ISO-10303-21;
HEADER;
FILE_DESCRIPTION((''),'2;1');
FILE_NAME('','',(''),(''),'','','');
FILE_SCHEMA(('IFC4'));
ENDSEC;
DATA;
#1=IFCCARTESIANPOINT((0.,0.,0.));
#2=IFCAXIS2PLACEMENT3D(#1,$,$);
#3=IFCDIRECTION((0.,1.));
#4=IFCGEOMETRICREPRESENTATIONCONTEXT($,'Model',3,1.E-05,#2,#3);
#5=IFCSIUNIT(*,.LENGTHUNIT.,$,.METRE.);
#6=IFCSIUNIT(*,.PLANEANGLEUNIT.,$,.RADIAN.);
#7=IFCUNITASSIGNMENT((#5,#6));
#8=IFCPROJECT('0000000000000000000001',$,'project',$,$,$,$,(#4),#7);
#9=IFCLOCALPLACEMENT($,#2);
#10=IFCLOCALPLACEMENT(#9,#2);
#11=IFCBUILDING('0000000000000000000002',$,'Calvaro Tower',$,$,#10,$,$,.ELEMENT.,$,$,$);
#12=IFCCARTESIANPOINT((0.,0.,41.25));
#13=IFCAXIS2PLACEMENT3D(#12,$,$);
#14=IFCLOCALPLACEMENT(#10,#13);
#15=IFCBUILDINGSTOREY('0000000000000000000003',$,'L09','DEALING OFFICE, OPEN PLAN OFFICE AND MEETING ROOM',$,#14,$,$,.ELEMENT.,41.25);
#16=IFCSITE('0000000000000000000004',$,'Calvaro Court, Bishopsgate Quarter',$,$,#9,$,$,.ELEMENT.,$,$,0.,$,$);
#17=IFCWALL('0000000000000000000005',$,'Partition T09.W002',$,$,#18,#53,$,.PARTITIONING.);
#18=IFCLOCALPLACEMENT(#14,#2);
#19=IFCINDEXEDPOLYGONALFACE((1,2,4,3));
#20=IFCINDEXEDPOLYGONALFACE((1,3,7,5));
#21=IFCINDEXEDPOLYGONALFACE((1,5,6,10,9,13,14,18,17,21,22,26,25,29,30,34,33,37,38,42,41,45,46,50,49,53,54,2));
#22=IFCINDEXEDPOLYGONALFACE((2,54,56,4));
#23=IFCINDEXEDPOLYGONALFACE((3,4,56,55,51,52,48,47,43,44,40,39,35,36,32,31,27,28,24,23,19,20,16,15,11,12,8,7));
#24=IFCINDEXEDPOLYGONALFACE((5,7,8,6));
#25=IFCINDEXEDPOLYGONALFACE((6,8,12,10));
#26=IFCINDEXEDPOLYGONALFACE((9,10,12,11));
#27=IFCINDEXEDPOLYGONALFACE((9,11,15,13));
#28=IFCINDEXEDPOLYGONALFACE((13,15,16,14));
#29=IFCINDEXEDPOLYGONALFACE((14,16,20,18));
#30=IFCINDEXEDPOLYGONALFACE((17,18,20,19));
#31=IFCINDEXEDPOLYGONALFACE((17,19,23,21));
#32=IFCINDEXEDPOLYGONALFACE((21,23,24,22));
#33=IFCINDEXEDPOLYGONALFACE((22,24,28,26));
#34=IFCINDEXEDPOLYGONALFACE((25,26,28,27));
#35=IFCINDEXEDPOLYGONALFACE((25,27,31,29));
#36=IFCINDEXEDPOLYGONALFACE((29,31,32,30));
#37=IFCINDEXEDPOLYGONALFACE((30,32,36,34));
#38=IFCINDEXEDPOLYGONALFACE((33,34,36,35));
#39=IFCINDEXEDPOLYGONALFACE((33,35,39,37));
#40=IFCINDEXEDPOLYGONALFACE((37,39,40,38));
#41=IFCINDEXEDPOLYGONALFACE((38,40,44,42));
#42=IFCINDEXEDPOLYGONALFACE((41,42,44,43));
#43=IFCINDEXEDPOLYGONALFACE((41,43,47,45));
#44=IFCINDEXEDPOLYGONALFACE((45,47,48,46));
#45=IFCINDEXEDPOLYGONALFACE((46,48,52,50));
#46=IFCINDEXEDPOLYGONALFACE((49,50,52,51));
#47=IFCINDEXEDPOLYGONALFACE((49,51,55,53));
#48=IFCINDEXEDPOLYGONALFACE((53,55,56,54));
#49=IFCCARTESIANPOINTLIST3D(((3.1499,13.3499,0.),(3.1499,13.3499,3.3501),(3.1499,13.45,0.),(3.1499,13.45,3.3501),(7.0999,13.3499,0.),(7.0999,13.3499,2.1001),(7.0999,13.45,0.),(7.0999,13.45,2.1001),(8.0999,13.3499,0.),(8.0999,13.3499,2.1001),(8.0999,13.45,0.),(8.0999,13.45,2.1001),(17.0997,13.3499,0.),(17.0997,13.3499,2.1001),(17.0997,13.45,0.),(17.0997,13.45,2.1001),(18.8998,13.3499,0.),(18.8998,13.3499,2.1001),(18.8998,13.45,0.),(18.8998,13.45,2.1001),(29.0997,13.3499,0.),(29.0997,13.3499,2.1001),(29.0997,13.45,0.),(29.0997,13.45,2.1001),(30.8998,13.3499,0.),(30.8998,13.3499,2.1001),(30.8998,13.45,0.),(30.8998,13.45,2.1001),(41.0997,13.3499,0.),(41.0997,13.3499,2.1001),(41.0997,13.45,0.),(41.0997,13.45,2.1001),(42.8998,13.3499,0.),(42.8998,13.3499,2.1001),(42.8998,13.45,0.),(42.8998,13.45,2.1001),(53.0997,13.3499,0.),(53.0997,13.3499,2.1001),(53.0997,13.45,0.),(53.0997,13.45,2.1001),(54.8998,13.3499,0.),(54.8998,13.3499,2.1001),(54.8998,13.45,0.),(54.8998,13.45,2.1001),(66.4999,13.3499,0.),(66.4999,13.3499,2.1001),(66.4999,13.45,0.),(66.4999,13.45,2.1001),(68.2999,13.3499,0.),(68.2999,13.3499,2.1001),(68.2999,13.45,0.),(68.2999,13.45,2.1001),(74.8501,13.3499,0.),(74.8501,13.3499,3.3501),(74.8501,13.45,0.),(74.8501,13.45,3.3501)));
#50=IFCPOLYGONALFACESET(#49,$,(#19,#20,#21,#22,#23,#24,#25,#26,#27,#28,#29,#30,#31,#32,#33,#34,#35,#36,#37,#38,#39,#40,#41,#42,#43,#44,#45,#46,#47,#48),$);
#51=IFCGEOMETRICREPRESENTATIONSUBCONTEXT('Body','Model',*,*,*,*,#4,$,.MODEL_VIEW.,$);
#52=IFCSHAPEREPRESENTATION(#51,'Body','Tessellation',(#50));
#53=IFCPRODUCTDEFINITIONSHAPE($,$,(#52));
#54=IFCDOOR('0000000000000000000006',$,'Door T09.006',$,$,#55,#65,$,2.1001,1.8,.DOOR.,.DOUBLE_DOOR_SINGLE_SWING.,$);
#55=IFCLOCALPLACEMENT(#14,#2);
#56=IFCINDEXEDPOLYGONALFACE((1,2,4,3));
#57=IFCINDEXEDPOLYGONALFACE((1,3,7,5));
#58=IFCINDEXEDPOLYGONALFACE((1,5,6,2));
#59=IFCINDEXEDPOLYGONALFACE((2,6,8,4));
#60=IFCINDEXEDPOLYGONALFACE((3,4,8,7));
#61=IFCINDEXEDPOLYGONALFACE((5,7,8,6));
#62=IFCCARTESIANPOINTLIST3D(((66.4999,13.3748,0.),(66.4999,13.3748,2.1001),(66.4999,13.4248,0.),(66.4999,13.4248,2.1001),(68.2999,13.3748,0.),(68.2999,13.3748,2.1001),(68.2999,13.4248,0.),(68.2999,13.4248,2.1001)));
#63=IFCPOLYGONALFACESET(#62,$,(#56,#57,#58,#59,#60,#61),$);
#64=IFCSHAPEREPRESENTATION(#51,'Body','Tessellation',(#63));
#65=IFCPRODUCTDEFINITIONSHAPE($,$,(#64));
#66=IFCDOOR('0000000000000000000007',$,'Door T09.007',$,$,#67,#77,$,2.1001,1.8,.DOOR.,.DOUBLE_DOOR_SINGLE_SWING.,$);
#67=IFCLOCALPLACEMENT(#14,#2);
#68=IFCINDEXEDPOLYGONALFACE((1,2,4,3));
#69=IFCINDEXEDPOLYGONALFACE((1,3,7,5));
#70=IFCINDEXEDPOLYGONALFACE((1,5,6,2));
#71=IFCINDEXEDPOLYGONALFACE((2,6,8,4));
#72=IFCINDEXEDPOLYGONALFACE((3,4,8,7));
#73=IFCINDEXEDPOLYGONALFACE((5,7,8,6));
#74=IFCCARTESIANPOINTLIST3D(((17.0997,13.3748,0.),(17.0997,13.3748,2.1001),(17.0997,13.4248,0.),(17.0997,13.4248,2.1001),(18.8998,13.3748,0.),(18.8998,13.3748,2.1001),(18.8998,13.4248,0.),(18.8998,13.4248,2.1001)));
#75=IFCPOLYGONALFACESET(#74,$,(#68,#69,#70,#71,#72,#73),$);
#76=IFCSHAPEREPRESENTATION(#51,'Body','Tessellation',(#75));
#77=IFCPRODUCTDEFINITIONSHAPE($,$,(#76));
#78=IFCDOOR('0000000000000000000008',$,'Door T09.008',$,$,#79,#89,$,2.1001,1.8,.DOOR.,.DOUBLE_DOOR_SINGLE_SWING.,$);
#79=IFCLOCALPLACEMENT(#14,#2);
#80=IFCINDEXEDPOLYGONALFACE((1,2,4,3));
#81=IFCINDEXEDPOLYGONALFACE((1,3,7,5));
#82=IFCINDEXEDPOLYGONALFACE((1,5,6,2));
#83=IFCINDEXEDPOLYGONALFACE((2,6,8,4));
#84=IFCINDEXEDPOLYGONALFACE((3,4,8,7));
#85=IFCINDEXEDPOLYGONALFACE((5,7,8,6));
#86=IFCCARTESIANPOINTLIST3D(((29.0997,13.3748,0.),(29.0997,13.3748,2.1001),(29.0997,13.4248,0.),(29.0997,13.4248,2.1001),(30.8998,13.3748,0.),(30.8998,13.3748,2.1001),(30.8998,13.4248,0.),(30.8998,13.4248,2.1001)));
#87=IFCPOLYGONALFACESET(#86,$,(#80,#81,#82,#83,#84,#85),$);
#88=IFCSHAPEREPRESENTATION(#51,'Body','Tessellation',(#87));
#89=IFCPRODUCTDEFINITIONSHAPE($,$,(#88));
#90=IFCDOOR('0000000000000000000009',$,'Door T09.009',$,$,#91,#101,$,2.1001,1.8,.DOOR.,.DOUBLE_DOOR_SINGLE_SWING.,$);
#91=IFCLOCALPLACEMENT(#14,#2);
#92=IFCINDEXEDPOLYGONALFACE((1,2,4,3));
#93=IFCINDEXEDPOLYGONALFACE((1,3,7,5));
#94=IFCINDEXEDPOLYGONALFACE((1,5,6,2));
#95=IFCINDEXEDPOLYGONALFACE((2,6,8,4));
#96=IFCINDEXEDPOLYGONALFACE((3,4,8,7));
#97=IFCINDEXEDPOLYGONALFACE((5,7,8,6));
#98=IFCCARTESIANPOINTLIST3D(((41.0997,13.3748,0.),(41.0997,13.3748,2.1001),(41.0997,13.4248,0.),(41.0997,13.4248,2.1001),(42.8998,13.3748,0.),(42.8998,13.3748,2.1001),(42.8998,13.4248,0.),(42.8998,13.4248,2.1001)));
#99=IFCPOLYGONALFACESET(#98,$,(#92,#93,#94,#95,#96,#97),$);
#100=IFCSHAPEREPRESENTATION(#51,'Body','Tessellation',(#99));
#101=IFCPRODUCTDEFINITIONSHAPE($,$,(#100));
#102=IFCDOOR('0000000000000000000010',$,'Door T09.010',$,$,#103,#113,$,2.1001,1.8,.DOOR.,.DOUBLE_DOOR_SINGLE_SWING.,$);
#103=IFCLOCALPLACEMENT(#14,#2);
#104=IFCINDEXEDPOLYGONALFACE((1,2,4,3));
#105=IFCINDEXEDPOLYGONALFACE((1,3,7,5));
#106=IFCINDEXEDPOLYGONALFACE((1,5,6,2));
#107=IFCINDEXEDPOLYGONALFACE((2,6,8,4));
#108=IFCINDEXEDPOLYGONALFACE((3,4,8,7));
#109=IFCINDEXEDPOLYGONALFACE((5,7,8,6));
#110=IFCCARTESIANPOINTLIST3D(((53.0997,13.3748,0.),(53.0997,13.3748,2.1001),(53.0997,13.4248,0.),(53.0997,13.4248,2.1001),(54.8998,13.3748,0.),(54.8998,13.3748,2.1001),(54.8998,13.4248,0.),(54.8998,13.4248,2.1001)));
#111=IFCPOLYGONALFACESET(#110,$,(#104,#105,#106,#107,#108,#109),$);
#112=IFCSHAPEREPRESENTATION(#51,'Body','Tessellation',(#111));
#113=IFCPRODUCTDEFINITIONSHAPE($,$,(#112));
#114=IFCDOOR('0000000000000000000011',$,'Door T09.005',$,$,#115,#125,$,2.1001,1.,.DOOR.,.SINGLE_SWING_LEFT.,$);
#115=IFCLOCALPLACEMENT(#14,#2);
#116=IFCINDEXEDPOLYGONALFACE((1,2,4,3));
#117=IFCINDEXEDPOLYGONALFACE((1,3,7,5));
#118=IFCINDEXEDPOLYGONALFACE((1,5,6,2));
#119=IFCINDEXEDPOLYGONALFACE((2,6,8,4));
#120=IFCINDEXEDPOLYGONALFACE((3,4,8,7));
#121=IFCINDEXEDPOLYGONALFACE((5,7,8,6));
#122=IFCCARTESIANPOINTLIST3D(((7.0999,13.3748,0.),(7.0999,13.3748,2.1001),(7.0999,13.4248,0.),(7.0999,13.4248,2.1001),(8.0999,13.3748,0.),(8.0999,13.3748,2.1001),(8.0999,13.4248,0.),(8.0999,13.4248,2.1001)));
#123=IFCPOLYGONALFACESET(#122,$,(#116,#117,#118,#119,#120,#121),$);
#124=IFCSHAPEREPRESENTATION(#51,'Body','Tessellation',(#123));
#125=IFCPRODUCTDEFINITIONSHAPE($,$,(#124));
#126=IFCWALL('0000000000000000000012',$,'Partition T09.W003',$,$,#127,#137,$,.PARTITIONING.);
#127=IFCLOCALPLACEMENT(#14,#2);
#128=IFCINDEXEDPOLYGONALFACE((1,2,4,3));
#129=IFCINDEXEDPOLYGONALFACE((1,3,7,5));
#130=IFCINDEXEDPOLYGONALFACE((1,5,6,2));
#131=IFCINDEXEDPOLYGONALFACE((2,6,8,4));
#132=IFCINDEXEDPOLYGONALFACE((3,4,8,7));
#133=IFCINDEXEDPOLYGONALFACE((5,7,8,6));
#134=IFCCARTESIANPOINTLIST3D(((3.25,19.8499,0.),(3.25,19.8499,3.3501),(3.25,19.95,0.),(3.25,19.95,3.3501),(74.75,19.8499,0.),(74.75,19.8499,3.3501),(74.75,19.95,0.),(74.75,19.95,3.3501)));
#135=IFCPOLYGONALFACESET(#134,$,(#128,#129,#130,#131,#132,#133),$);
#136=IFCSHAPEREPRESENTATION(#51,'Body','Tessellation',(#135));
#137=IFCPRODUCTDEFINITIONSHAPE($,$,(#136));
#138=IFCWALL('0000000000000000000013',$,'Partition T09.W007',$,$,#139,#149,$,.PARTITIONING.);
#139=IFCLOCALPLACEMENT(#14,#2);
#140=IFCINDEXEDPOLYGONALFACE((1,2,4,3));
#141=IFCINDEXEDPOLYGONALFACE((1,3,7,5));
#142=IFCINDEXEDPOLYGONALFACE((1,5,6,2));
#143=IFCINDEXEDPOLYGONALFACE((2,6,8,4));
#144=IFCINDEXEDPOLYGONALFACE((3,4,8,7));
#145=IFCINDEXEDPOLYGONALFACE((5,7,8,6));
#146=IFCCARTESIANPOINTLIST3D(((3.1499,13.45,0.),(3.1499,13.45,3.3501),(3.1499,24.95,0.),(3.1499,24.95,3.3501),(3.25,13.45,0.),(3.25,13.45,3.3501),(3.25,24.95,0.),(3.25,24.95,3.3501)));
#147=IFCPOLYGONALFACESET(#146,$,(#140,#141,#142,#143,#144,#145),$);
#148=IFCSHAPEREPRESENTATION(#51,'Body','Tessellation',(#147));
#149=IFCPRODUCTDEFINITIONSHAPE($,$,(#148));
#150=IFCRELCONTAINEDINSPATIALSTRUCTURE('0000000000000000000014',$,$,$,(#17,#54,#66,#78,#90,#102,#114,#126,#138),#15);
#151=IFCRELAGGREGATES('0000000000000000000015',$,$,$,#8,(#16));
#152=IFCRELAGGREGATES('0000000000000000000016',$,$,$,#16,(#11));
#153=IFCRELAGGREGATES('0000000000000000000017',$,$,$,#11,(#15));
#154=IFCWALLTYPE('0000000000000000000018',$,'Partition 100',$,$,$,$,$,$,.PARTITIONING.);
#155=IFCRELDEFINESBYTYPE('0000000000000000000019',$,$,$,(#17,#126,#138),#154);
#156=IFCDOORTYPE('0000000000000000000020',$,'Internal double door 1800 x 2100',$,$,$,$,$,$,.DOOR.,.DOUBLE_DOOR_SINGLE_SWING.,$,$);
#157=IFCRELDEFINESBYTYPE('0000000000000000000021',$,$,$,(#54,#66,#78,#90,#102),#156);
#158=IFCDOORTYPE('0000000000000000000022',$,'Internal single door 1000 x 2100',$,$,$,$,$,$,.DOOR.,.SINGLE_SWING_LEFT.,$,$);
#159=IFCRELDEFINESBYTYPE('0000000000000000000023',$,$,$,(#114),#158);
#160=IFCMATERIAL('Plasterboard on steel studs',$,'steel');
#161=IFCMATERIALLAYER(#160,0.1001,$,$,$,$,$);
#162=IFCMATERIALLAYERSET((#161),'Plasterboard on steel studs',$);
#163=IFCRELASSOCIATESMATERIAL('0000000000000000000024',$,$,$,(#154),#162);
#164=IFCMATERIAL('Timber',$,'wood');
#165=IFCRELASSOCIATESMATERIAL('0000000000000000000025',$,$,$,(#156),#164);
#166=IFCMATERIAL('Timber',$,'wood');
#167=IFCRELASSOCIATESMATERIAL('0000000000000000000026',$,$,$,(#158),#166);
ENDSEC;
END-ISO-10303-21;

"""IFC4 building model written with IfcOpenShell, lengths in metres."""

from ifc_helpers import new_model, si_unit, direction, frame, frame_2d, origin, place, context, subcontext, project, spatial, rectangle, extrude, material, layer, layer_set, type_object, element, fill, save


model = new_model("IFC4")

# Units and contexts
model_context = context("Model", 3, precision=1e-05, world=origin(), true_north=direction((0.0, 1.0)))
body_context = subcontext(model_context, "Body", "Model", "MODEL_VIEW")
ifc_project = project(units=[si_unit("LENGTHUNIT", "METRE"), si_unit("PLANEANGLEUNIT", "RADIAN")], contexts=[model_context])

# Site, building, storey
site_placement = place(None, origin())
site = spatial("IfcSite", under=ifc_project, at=site_placement, Name="Calvaro Court, Bishopsgate Quarter", CompositionType="ELEMENT", RefElevation=0.0)
building_placement = place(site_placement, origin())
building = spatial("IfcBuilding", under=site, at=building_placement, Name="Calvaro Tower", CompositionType="ELEMENT")
storey_placement = place(building_placement, frame((0.0, 0.0, 41.25)))
storey = spatial("IfcBuildingStorey", under=building, at=storey_placement, Name="L09", Description="DEALING OFFICE, OPEN PLAN OFFICE AND MEETING ROOM", CompositionType="ELEMENT", Elevation=41.25)

# Wall, openings, doors
ifc_material_1 = material(Name="Plasterboard on steel studs", Category="steel")
ifc_layer = layer(ifc_material_1, 0.1001)
ifc_layer_set = layer_set([ifc_layer], Name="Plasterboard on steel studs")
wall_type = type_object("IfcWallType", Name="Partition 100", PredefinedType="PARTITIONING", material=ifc_layer_set)
wall_1_placement = place(storey_placement, frame((3.1499, 13.3999, 0.0), z_axis=(0.0, 0.0, 1.0), x_axis=(1.0, 0.0, 0.0)))
wall_1 = element("IfcWall", 1, at=wall_1_placement, inside=storey, type_object=wall_type, Name="Partition T09.W002", PredefinedType="PARTITIONING", context=body_context, shape_type="SweptSolid", body=[
    extrude(rectangle(XDim=71.7002, YDim=0.1001, at=frame_2d((35.8501, 0.0))), origin(), (0.0, 0.0, 1.0), 3.3501),
])
opening_1_placement = place(wall_1_placement, frame((3.95, 0.0, 0.0)))
opening_1 = element("IfcOpeningElement", 2, at=opening_1_placement, cuts=wall_1, PredefinedType="OPENING", context=body_context, shape_type="SweptSolid", body=[
    extrude(rectangle(XDim=1.0, YDim=2.1001, at=frame_2d((0.5, 1.05))), frame((0.0, 0.0601, 0.0), z_axis=(0.0, -1.0, 0.0), x_axis=(1.0, 0.0, 0.0)), (0.0, 0.0, 1.0), 0.1201),
])
opening_2_placement = place(wall_1_placement, frame((63.3501, 0.0, 0.0)))
opening_2 = element("IfcOpeningElement", 3, at=opening_2_placement, cuts=wall_1, PredefinedType="OPENING", context=body_context, shape_type="SweptSolid", body=[
    extrude(rectangle(XDim=1.8, YDim=2.1001, at=frame_2d((0.8999, 1.05))), frame((0.0, 0.0601, 0.0), z_axis=(0.0, -1.0, 0.0), x_axis=(1.0, 0.0, 0.0)), (0.0, 0.0, 1.0), 0.1201),
])
opening_3_placement = place(wall_1_placement, frame((13.95, 0.0, 0.0)))
opening_3 = element("IfcOpeningElement", 4, at=opening_3_placement, cuts=wall_1, PredefinedType="OPENING", context=body_context, shape_type="SweptSolid", body=[
    extrude(rectangle(XDim=1.8, YDim=2.1001, at=frame_2d((0.8999, 1.05))), frame((0.0, 0.0601, 0.0), z_axis=(0.0, -1.0, 0.0), x_axis=(1.0, 0.0, 0.0)), (0.0, 0.0, 1.0), 0.1201),
])
opening_4_placement = place(wall_1_placement, frame((25.95, 0.0, 0.0)))
opening_4 = element("IfcOpeningElement", 5, at=opening_4_placement, cuts=wall_1, PredefinedType="OPENING", context=body_context, shape_type="SweptSolid", body=[
    extrude(rectangle(XDim=1.8, YDim=2.1001, at=frame_2d((0.8999, 1.05))), frame((0.0, 0.0601, 0.0), z_axis=(0.0, -1.0, 0.0), x_axis=(1.0, 0.0, 0.0)), (0.0, 0.0, 1.0), 0.1201),
])
opening_5_placement = place(wall_1_placement, frame((37.95, 0.0, 0.0)))
opening_5 = element("IfcOpeningElement", 6, at=opening_5_placement, cuts=wall_1, PredefinedType="OPENING", context=body_context, shape_type="SweptSolid", body=[
    extrude(rectangle(XDim=1.8, YDim=2.1001, at=frame_2d((0.8999, 1.05))), frame((0.0, 0.0601, 0.0), z_axis=(0.0, -1.0, 0.0), x_axis=(1.0, 0.0, 0.0)), (0.0, 0.0, 1.0), 0.1201),
])
opening_6_placement = place(wall_1_placement, frame((49.95, 0.0, 0.0)))
opening_6 = element("IfcOpeningElement", 7, at=opening_6_placement, cuts=wall_1, PredefinedType="OPENING", context=body_context, shape_type="SweptSolid", body=[
    extrude(rectangle(XDim=1.8, YDim=2.1001, at=frame_2d((0.8999, 1.05))), frame((0.0, 0.0601, 0.0), z_axis=(0.0, -1.0, 0.0), x_axis=(1.0, 0.0, 0.0)), (0.0, 0.0, 1.0), 0.1201),
])
ifc_material_2 = material(Name="Timber", Category="wood")
door_type_1 = type_object("IfcDoorType", Name="Internal double door 1800 x 2100", OperationType="DOUBLE_DOOR_SINGLE_SWING", PredefinedType="DOOR", material=ifc_material_2)
door_1_placement = place(opening_2_placement, origin())
door_1 = element("IfcDoor", 8, at=door_1_placement, inside=storey, type_object=door_type_1, Name="Door T09.006", OperationType="DOUBLE_DOOR_SINGLE_SWING", OverallHeight=2.1001, OverallWidth=1.8, PredefinedType="DOOR", context=body_context, shape_type="SweptSolid", body=[
    extrude(rectangle(XDim=1.8, YDim=2.1001, at=frame_2d((0.8999, 1.05))), frame((0.0, 0.0249, 0.0), z_axis=(0.0, -1.0, 0.0), x_axis=(1.0, 0.0, 0.0)), (0.0, 0.0, 1.0), 0.05),
])
fill(opening_2, door_1)
door_2_placement = place(opening_3_placement, origin())
door_2 = element("IfcDoor", 9, at=door_2_placement, inside=storey, type_object=door_type_1, Name="Door T09.007", OperationType="DOUBLE_DOOR_SINGLE_SWING", OverallHeight=2.1001, OverallWidth=1.8, PredefinedType="DOOR", context=body_context, shape_type="SweptSolid", body=[
    extrude(rectangle(XDim=1.8, YDim=2.1001, at=frame_2d((0.8999, 1.05))), frame((0.0, 0.0249, 0.0), z_axis=(0.0, -1.0, 0.0), x_axis=(1.0, 0.0, 0.0)), (0.0, 0.0, 1.0), 0.05),
])
fill(opening_3, door_2)
door_3_placement = place(opening_4_placement, origin())
door_3 = element("IfcDoor", 10, at=door_3_placement, inside=storey, type_object=door_type_1, Name="Door T09.008", OperationType="DOUBLE_DOOR_SINGLE_SWING", OverallHeight=2.1001, OverallWidth=1.8, PredefinedType="DOOR", context=body_context, shape_type="SweptSolid", body=[
    extrude(rectangle(XDim=1.8, YDim=2.1001, at=frame_2d((0.8999, 1.05))), frame((0.0, 0.0249, 0.0), z_axis=(0.0, -1.0, 0.0), x_axis=(1.0, 0.0, 0.0)), (0.0, 0.0, 1.0), 0.05),
])
fill(opening_4, door_3)
door_4_placement = place(opening_5_placement, origin())
door_4 = element("IfcDoor", 11, at=door_4_placement, inside=storey, type_object=door_type_1, Name="Door T09.009", OperationType="DOUBLE_DOOR_SINGLE_SWING", OverallHeight=2.1001, OverallWidth=1.8, PredefinedType="DOOR", context=body_context, shape_type="SweptSolid", body=[
    extrude(rectangle(XDim=1.8, YDim=2.1001, at=frame_2d((0.8999, 1.05))), frame((0.0, 0.0249, 0.0), z_axis=(0.0, -1.0, 0.0), x_axis=(1.0, 0.0, 0.0)), (0.0, 0.0, 1.0), 0.05),
])
fill(opening_5, door_4)
door_5_placement = place(opening_6_placement, origin())
door_5 = element("IfcDoor", 12, at=door_5_placement, inside=storey, type_object=door_type_1, Name="Door T09.010", OperationType="DOUBLE_DOOR_SINGLE_SWING", OverallHeight=2.1001, OverallWidth=1.8, PredefinedType="DOOR", context=body_context, shape_type="SweptSolid", body=[
    extrude(rectangle(XDim=1.8, YDim=2.1001, at=frame_2d((0.8999, 1.05))), frame((0.0, 0.0249, 0.0), z_axis=(0.0, -1.0, 0.0), x_axis=(1.0, 0.0, 0.0)), (0.0, 0.0, 1.0), 0.05),
])
fill(opening_6, door_5)
ifc_material_3 = material(Name="Timber", Category="wood")
door_type_2 = type_object("IfcDoorType", Name="Internal single door 1000 x 2100", OperationType="SINGLE_SWING_LEFT", PredefinedType="DOOR", material=ifc_material_3)
door_6_placement = place(opening_1_placement, origin())
door_6 = element("IfcDoor", 13, at=door_6_placement, inside=storey, type_object=door_type_2, Name="Door T09.005", OperationType="SINGLE_SWING_LEFT", OverallHeight=2.1001, OverallWidth=1.0, PredefinedType="DOOR", context=body_context, shape_type="SweptSolid", body=[
    extrude(rectangle(XDim=1.0, YDim=2.1001, at=frame_2d((0.5, 1.05))), frame((0.0, 0.0249, 0.0), z_axis=(0.0, -1.0, 0.0), x_axis=(1.0, 0.0, 0.0)), (0.0, 0.0, 1.0), 0.05),
])
fill(opening_1, door_6)

# Walls
wall_2_placement = place(storey_placement, frame((3.25, 19.8999, 0.0), z_axis=(0.0, 0.0, 1.0), x_axis=(1.0, 0.0, 0.0)))
element("IfcWall", 14, at=wall_2_placement, inside=storey, type_object=wall_type, Name="Partition T09.W003", PredefinedType="PARTITIONING", context=body_context, shape_type="SweptSolid", body=[
    extrude(rectangle(XDim=71.5, YDim=0.1001, at=frame_2d((35.75, 0.0))), origin(), (0.0, 0.0, 1.0), 3.3501),
])
wall_3_placement = place(storey_placement, frame((3.2, 13.45, 0.0), z_axis=(0.0, 0.0, 1.0), x_axis=(0.0, 1.0, 0.0)))
element("IfcWall", 15, at=wall_3_placement, inside=storey, type_object=wall_type, Name="Partition T09.W007", PredefinedType="PARTITIONING", context=body_context, shape_type="SweptSolid", body=[
    extrude(rectangle(XDim=11.5, YDim=0.1001, at=frame_2d((5.75, 0.0))), origin(), (0.0, 0.0, 1.0), 3.3501),
])

save(model, "model.ifc")
